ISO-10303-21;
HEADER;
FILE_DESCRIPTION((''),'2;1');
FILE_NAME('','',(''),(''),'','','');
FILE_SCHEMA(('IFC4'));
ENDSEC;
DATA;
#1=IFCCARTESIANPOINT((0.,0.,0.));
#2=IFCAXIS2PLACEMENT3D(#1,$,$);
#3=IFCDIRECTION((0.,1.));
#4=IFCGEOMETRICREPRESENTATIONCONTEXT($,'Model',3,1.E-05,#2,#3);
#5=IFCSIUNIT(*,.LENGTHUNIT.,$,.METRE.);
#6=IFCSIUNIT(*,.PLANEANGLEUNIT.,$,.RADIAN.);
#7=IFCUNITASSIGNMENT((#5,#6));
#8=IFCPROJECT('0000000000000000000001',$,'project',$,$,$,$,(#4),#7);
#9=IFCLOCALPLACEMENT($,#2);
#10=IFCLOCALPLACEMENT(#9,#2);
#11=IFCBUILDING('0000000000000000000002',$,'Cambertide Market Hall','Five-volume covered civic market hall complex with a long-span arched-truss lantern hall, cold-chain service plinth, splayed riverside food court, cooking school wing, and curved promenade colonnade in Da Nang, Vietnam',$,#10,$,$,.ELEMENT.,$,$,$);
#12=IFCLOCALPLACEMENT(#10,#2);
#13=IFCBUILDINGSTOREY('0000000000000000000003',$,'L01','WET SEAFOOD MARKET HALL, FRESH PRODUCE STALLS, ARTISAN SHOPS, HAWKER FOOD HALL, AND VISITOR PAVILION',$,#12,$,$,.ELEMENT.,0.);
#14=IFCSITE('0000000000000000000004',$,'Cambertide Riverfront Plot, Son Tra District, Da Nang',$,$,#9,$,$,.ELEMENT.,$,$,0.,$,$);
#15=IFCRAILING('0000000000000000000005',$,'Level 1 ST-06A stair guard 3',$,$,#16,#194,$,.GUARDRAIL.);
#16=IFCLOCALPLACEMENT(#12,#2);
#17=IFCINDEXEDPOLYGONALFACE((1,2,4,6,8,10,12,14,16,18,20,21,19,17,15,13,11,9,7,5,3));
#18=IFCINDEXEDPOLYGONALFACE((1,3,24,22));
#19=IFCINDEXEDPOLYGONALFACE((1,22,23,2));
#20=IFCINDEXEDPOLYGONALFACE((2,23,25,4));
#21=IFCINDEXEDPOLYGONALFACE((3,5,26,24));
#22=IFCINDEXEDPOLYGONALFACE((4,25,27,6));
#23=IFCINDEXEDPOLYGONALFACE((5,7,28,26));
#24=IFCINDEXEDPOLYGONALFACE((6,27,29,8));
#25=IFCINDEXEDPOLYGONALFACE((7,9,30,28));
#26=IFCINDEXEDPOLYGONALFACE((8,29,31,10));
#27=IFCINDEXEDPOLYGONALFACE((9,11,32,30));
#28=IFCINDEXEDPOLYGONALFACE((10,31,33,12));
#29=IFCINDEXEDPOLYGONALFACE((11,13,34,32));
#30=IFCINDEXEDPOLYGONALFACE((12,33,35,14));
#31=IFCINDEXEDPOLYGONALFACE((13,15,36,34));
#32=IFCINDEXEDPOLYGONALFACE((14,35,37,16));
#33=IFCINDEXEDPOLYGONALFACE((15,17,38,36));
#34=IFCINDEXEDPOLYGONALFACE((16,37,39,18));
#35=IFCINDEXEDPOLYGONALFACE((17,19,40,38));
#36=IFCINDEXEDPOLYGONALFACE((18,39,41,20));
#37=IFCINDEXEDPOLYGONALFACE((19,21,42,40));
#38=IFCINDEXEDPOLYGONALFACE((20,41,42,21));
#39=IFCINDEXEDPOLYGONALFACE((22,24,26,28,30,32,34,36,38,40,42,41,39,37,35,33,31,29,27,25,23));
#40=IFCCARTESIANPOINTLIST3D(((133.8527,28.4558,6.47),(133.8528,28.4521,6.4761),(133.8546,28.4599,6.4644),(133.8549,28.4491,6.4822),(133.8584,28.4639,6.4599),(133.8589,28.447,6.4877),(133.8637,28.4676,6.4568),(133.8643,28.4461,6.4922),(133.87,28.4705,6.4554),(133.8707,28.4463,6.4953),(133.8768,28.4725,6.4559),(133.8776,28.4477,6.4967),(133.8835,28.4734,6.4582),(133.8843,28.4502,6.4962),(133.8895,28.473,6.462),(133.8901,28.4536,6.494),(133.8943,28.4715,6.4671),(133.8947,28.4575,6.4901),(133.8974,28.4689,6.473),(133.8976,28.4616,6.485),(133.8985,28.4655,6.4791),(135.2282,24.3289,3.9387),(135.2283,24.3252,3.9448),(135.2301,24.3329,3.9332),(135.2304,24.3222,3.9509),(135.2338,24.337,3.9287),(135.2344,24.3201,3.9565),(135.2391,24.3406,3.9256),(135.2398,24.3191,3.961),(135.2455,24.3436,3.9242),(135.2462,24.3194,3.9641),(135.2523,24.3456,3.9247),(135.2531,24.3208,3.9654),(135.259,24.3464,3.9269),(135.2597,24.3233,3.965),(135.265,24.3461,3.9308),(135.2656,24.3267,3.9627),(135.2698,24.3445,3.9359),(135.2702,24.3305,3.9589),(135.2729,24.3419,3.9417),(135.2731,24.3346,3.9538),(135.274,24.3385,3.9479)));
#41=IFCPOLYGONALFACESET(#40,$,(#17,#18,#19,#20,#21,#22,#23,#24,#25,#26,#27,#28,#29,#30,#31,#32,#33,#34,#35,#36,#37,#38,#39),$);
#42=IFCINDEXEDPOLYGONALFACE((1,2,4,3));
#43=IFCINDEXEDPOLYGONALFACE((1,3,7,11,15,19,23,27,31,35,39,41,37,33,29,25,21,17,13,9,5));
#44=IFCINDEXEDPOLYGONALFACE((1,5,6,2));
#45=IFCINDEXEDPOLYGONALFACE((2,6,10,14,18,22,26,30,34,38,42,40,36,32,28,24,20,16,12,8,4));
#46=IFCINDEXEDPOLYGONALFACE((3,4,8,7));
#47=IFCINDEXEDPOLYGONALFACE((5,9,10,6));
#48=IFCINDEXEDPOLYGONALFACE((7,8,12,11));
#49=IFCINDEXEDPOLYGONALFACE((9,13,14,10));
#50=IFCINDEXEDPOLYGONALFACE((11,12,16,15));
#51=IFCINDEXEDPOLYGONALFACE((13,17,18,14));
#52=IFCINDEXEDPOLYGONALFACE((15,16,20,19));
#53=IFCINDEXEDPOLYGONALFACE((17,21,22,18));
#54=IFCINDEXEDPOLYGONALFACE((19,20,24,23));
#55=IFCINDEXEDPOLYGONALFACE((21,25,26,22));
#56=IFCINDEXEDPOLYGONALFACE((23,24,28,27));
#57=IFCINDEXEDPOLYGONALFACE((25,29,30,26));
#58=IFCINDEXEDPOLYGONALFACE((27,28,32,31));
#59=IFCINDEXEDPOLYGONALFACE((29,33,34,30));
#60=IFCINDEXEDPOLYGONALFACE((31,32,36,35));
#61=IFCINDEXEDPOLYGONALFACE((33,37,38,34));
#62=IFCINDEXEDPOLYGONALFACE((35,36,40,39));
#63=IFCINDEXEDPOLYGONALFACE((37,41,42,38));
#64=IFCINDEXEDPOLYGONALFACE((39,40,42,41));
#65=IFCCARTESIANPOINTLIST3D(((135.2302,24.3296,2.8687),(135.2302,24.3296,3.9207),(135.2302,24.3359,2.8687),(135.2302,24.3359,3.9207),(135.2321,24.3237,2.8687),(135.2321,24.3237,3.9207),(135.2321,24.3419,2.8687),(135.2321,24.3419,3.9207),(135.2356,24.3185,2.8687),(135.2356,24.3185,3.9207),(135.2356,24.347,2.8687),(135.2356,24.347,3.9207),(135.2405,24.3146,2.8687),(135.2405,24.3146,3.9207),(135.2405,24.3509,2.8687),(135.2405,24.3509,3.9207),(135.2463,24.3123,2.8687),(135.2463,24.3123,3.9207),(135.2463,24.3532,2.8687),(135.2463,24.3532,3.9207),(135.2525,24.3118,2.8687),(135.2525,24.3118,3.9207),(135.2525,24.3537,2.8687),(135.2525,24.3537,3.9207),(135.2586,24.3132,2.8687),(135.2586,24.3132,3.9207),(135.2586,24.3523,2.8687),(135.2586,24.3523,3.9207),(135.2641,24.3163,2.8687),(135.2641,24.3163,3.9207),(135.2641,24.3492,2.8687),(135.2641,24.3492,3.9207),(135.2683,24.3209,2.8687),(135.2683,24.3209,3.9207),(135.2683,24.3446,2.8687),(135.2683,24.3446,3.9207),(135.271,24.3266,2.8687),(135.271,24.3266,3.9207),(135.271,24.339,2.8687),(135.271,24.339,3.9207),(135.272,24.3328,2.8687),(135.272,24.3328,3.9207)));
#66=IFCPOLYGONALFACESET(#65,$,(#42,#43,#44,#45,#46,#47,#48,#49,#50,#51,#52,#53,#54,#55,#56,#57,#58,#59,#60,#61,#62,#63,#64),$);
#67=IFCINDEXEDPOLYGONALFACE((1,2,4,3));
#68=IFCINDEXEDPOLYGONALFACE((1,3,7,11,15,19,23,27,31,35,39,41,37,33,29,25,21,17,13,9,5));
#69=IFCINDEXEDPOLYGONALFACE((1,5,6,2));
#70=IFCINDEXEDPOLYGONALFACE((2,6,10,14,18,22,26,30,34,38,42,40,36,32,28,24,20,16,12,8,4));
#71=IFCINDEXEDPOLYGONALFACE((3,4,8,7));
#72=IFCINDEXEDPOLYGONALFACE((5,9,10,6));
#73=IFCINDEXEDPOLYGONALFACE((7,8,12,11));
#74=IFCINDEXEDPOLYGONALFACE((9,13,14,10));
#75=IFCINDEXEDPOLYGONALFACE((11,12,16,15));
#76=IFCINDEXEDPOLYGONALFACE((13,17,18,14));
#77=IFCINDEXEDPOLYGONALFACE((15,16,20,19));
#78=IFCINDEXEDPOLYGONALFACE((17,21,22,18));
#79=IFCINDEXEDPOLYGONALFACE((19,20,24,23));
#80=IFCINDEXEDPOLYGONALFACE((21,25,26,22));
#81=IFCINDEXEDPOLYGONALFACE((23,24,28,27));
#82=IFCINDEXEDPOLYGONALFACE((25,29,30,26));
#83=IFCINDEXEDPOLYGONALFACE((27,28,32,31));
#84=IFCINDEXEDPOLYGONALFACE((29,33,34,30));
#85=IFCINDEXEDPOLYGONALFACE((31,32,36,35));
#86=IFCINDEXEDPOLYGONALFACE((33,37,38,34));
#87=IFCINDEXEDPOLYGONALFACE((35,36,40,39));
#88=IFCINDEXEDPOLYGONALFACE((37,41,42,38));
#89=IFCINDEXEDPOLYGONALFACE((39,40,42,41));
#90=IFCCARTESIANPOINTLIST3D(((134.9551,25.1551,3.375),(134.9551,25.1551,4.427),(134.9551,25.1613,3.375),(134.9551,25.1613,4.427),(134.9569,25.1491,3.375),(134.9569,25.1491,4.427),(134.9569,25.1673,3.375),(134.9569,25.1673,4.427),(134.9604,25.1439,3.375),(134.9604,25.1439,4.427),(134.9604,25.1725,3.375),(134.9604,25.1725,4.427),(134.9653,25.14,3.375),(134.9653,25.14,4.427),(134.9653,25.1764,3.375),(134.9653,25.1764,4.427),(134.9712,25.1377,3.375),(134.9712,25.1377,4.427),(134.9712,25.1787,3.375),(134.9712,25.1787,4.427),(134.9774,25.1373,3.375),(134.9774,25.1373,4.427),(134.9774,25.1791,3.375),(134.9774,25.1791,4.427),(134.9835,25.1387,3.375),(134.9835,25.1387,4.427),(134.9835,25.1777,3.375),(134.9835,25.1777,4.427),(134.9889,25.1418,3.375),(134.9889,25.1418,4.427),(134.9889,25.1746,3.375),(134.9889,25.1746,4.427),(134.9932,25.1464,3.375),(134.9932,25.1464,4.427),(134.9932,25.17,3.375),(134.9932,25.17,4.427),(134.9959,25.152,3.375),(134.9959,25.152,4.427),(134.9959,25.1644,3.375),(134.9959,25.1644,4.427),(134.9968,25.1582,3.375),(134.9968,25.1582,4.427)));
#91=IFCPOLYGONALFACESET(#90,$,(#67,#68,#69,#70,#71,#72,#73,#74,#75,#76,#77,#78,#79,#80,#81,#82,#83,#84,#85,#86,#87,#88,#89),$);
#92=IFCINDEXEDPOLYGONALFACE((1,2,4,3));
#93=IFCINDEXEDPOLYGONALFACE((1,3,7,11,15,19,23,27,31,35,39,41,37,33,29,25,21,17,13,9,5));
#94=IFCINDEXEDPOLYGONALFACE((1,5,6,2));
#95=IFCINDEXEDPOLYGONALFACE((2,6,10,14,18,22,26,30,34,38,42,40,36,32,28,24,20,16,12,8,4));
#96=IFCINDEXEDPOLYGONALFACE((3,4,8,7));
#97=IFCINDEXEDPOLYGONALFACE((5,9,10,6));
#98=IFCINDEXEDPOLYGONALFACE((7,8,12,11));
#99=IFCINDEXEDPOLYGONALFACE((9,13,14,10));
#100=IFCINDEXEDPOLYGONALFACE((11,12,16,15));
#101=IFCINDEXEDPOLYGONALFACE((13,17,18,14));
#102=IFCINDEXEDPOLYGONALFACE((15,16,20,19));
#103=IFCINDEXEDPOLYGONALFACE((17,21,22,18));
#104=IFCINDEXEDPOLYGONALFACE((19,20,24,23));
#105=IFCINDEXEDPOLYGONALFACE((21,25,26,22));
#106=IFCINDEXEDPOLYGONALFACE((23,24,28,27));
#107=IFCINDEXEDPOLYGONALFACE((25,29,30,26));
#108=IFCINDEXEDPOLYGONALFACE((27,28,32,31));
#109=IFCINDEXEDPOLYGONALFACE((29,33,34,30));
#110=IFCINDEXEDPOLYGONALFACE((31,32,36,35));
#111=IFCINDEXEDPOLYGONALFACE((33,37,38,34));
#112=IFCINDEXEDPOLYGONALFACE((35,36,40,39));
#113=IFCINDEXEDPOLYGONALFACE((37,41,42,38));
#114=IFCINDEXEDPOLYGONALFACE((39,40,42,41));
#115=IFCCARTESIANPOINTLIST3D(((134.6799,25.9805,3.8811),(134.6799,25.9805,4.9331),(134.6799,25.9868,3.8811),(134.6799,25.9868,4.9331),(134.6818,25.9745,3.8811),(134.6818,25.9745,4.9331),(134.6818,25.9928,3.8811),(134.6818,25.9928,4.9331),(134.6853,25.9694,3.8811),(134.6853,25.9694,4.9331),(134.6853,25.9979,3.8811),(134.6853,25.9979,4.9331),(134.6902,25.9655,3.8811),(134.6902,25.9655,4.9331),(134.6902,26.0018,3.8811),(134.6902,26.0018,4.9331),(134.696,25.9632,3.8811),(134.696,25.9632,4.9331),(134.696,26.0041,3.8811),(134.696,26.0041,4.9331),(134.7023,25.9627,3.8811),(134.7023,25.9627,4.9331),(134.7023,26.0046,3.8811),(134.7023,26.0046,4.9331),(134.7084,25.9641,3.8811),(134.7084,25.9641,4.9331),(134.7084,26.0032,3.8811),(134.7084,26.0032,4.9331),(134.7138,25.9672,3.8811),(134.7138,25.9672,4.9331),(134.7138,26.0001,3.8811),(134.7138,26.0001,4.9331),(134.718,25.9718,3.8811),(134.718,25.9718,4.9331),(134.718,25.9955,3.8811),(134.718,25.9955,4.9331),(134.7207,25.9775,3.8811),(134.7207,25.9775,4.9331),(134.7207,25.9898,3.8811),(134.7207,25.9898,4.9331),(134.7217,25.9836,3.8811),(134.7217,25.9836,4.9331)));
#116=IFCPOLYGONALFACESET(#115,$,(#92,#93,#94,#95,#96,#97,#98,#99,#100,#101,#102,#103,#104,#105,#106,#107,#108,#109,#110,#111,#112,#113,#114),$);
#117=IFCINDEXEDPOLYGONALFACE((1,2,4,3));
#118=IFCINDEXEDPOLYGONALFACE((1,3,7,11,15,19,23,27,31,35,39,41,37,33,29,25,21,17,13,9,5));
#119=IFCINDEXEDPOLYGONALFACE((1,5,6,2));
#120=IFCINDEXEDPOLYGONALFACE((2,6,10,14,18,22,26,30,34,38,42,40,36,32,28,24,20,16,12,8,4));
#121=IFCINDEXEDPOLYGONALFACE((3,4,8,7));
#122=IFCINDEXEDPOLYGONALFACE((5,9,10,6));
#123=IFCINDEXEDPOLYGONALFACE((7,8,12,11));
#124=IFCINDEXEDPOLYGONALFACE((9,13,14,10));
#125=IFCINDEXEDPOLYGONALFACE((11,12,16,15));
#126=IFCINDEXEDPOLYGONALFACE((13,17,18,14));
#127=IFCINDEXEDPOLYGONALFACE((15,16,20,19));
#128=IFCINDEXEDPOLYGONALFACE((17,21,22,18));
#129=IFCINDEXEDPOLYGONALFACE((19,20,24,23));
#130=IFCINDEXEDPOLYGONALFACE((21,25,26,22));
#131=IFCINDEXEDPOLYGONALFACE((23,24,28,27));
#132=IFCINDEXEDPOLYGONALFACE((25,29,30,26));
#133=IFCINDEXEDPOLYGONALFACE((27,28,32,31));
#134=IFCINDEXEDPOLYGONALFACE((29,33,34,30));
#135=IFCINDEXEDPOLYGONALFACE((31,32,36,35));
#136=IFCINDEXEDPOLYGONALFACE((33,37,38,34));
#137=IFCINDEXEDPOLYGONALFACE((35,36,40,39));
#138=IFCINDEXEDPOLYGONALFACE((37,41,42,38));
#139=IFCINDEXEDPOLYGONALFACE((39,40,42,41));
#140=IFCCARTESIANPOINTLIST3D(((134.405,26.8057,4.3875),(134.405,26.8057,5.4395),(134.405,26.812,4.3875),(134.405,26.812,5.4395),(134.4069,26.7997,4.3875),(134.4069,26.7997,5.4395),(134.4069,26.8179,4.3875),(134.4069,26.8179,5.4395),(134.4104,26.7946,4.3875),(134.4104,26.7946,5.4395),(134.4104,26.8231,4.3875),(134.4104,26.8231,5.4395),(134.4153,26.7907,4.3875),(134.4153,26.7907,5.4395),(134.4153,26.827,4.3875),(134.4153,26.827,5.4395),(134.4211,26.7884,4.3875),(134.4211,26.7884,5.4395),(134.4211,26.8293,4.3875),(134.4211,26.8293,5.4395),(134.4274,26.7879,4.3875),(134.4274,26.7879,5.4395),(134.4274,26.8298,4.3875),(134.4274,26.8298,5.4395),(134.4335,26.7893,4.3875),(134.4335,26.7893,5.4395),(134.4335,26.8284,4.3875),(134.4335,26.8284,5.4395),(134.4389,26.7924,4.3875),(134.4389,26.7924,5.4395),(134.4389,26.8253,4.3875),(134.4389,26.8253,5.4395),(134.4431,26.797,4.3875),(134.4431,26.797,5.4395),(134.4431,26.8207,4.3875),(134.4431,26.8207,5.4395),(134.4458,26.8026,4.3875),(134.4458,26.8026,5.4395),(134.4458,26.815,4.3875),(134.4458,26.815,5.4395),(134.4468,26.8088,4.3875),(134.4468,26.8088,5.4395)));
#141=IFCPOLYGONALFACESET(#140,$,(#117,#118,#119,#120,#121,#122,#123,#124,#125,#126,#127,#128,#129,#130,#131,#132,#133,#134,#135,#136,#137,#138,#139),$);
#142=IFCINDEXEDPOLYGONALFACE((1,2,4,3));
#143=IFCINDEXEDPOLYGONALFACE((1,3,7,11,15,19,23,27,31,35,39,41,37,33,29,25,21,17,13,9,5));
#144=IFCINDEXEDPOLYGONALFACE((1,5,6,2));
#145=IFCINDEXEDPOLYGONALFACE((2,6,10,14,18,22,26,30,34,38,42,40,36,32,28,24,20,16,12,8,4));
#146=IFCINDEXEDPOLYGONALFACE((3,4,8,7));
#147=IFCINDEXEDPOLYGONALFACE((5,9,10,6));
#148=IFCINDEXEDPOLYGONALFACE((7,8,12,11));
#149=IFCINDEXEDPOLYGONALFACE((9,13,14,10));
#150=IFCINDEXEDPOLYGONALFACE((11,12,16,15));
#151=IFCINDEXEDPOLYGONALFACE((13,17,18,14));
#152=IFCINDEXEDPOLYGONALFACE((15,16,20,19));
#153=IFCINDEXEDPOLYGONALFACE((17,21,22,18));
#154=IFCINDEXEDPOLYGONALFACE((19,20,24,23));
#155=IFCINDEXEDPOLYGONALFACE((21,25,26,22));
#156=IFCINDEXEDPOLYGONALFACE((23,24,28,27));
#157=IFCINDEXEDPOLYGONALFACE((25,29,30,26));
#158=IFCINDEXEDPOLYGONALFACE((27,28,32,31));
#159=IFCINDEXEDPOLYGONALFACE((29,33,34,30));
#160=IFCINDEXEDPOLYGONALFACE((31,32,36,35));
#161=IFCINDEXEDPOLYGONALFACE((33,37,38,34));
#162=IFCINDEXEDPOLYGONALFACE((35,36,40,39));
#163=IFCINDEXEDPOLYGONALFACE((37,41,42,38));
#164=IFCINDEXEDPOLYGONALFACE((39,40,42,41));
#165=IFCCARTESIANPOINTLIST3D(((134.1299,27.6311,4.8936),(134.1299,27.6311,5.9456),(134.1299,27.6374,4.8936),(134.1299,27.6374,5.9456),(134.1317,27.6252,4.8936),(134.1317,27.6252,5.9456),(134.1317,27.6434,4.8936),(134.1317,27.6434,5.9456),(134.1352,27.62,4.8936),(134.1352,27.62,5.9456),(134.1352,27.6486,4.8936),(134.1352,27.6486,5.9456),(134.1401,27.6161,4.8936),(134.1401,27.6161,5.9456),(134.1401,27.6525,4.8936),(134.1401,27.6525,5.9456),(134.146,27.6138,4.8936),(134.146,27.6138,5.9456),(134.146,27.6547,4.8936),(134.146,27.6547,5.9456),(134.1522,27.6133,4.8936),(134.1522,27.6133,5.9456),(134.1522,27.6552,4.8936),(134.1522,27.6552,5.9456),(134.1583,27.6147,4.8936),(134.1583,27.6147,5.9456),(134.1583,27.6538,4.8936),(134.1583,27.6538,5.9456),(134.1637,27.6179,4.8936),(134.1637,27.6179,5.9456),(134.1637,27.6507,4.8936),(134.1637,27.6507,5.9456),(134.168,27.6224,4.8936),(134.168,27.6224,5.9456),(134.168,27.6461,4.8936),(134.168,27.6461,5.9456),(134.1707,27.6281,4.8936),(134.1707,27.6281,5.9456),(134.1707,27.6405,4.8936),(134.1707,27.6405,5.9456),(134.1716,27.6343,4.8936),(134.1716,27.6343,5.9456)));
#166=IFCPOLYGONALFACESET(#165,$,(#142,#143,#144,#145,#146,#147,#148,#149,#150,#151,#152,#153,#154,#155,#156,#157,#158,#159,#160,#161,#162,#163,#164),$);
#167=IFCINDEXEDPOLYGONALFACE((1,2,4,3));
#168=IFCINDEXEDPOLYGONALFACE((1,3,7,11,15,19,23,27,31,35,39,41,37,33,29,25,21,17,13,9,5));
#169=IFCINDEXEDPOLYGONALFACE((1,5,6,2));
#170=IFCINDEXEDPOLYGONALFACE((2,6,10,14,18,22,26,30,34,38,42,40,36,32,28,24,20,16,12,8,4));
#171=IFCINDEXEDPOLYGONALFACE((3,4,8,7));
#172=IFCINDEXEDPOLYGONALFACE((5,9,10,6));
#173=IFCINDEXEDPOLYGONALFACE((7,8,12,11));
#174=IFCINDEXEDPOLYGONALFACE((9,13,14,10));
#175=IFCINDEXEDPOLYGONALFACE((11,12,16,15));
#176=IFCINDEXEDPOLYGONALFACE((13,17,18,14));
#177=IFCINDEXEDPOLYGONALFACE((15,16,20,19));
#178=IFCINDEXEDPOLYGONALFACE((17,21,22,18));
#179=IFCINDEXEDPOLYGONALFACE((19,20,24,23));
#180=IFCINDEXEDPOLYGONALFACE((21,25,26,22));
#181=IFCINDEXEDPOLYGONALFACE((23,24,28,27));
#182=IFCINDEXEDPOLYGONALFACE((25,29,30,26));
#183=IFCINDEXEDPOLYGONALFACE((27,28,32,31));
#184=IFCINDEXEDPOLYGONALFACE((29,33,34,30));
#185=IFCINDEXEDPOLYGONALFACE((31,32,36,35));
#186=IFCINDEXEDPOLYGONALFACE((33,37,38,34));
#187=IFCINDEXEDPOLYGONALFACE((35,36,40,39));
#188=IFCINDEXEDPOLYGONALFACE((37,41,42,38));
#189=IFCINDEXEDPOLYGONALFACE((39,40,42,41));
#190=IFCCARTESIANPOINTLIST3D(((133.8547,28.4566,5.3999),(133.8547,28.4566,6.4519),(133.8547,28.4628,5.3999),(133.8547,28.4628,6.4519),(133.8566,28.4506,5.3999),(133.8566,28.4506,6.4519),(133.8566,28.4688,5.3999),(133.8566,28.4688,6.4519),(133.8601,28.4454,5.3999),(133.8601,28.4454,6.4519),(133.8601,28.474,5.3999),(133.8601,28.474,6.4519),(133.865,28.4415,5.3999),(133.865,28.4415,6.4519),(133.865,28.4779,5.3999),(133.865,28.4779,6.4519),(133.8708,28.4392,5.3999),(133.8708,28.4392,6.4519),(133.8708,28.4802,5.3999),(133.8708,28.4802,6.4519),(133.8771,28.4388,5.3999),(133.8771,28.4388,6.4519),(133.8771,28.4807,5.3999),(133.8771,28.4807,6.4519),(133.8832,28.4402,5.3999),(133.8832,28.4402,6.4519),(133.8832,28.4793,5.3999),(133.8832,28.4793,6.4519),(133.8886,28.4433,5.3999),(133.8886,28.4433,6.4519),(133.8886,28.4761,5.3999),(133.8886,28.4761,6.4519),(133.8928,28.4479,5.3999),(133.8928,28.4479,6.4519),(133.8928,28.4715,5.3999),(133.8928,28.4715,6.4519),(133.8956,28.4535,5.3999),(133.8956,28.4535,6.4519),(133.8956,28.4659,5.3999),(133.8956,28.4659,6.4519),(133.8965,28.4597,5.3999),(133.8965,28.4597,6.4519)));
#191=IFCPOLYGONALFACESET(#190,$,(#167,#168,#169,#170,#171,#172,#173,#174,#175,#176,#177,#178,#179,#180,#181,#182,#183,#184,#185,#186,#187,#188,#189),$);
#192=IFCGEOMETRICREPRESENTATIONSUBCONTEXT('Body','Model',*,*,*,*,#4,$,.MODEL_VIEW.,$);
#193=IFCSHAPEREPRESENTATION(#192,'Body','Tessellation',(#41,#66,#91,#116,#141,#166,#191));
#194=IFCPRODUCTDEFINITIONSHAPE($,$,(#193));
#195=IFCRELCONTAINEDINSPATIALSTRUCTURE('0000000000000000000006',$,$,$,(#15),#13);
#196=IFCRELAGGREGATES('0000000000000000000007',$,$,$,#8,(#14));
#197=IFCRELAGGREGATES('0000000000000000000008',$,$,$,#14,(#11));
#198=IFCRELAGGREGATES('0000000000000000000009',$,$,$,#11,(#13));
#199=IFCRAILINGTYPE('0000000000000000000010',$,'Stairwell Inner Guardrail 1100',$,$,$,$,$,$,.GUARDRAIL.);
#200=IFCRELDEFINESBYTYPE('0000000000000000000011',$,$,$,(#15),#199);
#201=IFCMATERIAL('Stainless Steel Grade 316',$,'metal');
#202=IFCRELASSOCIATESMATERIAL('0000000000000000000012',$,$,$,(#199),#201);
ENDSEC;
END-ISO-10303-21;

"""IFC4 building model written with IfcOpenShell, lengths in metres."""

from ifc_helpers import new_model, si_unit, direction, frame, origin, origin_2d, place, context, subcontext, project, spatial, circle, extrude, material, type_object, element, save


model = new_model("IFC4")

# Units and contexts
model_context = context("Model", 3, precision=1e-05, world=origin(), true_north=direction((0.0, 1.0)))
body_context = subcontext(model_context, "Body", "Model", "MODEL_VIEW")
ifc_project = project(units=[si_unit("LENGTHUNIT", "METRE"), si_unit("PLANEANGLEUNIT", "RADIAN")], contexts=[model_context])

# Site, building, storey
site_placement = place(None, origin())
site = spatial("IfcSite", under=ifc_project, at=site_placement, Name="Cambertide Riverfront Plot, Son Tra District, Da Nang", CompositionType="ELEMENT", RefElevation=0.0)
building_placement = place(site_placement, origin())
building = spatial("IfcBuilding", under=site, at=building_placement, Name="Cambertide Market Hall", Description="Five-volume covered civic market hall complex with a long-span arched-truss lantern hall, cold-chain service plinth, splayed riverside food court, cooking school wing, and curved promenade colonnade in Da Nang, Vietnam", CompositionType="ELEMENT")
storey_placement = place(building_placement, origin())
storey = spatial("IfcBuildingStorey", under=building, at=storey_placement, Name="L01", Description="WET SEAFOOD MARKET HALL, FRESH PRODUCE STALLS, ARTISAN SHOPS, HAWKER FOOD HALL, AND VISITOR PAVILION", CompositionType="ELEMENT", Elevation=0.0)

# Railing
ifc_material_1 = material(Name="Stainless Steel Grade 316", Category="metal")
railing_type_1 = type_object("IfcRailingType", Name="Stairwell Inner Guardrail 1100", PredefinedType="GUARDRAIL", material=ifc_material_1)
railing_1_placement = place(storey_placement, frame((135.251, 24.3328, 2.8687)))
element("IfcRailing", 1, at=railing_1_placement, inside=storey, type_object=railing_type_1, Name="Level 1 ST-06A stair guard 3", PredefinedType="GUARDRAIL", context=body_context, shape_type="SweptSolid", body=[
    extrude(circle(Radius=0.0239, at=origin_2d()), frame((0.0, 0.0, 1.0762), z_axis=(-0.273295, 0.819981, 0.502932), x_axis=(-0.948695, -0.316194, 0.0)), (0.0, 0.0, 1.0), 5.033),
    extrude(circle(Radius=0.021, at=origin_2d()), origin(), (0.0, 0.0, 1.0), 1.052),
    extrude(circle(Radius=0.021, at=origin_2d()), frame((-0.2751, 0.8254, 0.5063)), (0.0, 0.0, 1.0), 1.052),
    extrude(circle(Radius=0.021, at=origin_2d()), frame((-0.5503, 1.6509, 1.0125)), (0.0, 0.0, 1.0), 1.052),
    extrude(circle(Radius=0.021, at=origin_2d()), frame((-0.8252, 2.4761, 1.5188)), (0.0, 0.0, 1.0), 1.052),
    extrude(circle(Radius=0.021, at=origin_2d()), frame((-1.1003, 3.3015, 2.0249)), (0.0, 0.0, 1.0), 1.052),
    extrude(circle(Radius=0.021, at=origin_2d()), frame((-1.3755, 4.127, 2.5312)), (0.0, 0.0, 1.0), 1.052),
])

save(model, "model.ifc")
